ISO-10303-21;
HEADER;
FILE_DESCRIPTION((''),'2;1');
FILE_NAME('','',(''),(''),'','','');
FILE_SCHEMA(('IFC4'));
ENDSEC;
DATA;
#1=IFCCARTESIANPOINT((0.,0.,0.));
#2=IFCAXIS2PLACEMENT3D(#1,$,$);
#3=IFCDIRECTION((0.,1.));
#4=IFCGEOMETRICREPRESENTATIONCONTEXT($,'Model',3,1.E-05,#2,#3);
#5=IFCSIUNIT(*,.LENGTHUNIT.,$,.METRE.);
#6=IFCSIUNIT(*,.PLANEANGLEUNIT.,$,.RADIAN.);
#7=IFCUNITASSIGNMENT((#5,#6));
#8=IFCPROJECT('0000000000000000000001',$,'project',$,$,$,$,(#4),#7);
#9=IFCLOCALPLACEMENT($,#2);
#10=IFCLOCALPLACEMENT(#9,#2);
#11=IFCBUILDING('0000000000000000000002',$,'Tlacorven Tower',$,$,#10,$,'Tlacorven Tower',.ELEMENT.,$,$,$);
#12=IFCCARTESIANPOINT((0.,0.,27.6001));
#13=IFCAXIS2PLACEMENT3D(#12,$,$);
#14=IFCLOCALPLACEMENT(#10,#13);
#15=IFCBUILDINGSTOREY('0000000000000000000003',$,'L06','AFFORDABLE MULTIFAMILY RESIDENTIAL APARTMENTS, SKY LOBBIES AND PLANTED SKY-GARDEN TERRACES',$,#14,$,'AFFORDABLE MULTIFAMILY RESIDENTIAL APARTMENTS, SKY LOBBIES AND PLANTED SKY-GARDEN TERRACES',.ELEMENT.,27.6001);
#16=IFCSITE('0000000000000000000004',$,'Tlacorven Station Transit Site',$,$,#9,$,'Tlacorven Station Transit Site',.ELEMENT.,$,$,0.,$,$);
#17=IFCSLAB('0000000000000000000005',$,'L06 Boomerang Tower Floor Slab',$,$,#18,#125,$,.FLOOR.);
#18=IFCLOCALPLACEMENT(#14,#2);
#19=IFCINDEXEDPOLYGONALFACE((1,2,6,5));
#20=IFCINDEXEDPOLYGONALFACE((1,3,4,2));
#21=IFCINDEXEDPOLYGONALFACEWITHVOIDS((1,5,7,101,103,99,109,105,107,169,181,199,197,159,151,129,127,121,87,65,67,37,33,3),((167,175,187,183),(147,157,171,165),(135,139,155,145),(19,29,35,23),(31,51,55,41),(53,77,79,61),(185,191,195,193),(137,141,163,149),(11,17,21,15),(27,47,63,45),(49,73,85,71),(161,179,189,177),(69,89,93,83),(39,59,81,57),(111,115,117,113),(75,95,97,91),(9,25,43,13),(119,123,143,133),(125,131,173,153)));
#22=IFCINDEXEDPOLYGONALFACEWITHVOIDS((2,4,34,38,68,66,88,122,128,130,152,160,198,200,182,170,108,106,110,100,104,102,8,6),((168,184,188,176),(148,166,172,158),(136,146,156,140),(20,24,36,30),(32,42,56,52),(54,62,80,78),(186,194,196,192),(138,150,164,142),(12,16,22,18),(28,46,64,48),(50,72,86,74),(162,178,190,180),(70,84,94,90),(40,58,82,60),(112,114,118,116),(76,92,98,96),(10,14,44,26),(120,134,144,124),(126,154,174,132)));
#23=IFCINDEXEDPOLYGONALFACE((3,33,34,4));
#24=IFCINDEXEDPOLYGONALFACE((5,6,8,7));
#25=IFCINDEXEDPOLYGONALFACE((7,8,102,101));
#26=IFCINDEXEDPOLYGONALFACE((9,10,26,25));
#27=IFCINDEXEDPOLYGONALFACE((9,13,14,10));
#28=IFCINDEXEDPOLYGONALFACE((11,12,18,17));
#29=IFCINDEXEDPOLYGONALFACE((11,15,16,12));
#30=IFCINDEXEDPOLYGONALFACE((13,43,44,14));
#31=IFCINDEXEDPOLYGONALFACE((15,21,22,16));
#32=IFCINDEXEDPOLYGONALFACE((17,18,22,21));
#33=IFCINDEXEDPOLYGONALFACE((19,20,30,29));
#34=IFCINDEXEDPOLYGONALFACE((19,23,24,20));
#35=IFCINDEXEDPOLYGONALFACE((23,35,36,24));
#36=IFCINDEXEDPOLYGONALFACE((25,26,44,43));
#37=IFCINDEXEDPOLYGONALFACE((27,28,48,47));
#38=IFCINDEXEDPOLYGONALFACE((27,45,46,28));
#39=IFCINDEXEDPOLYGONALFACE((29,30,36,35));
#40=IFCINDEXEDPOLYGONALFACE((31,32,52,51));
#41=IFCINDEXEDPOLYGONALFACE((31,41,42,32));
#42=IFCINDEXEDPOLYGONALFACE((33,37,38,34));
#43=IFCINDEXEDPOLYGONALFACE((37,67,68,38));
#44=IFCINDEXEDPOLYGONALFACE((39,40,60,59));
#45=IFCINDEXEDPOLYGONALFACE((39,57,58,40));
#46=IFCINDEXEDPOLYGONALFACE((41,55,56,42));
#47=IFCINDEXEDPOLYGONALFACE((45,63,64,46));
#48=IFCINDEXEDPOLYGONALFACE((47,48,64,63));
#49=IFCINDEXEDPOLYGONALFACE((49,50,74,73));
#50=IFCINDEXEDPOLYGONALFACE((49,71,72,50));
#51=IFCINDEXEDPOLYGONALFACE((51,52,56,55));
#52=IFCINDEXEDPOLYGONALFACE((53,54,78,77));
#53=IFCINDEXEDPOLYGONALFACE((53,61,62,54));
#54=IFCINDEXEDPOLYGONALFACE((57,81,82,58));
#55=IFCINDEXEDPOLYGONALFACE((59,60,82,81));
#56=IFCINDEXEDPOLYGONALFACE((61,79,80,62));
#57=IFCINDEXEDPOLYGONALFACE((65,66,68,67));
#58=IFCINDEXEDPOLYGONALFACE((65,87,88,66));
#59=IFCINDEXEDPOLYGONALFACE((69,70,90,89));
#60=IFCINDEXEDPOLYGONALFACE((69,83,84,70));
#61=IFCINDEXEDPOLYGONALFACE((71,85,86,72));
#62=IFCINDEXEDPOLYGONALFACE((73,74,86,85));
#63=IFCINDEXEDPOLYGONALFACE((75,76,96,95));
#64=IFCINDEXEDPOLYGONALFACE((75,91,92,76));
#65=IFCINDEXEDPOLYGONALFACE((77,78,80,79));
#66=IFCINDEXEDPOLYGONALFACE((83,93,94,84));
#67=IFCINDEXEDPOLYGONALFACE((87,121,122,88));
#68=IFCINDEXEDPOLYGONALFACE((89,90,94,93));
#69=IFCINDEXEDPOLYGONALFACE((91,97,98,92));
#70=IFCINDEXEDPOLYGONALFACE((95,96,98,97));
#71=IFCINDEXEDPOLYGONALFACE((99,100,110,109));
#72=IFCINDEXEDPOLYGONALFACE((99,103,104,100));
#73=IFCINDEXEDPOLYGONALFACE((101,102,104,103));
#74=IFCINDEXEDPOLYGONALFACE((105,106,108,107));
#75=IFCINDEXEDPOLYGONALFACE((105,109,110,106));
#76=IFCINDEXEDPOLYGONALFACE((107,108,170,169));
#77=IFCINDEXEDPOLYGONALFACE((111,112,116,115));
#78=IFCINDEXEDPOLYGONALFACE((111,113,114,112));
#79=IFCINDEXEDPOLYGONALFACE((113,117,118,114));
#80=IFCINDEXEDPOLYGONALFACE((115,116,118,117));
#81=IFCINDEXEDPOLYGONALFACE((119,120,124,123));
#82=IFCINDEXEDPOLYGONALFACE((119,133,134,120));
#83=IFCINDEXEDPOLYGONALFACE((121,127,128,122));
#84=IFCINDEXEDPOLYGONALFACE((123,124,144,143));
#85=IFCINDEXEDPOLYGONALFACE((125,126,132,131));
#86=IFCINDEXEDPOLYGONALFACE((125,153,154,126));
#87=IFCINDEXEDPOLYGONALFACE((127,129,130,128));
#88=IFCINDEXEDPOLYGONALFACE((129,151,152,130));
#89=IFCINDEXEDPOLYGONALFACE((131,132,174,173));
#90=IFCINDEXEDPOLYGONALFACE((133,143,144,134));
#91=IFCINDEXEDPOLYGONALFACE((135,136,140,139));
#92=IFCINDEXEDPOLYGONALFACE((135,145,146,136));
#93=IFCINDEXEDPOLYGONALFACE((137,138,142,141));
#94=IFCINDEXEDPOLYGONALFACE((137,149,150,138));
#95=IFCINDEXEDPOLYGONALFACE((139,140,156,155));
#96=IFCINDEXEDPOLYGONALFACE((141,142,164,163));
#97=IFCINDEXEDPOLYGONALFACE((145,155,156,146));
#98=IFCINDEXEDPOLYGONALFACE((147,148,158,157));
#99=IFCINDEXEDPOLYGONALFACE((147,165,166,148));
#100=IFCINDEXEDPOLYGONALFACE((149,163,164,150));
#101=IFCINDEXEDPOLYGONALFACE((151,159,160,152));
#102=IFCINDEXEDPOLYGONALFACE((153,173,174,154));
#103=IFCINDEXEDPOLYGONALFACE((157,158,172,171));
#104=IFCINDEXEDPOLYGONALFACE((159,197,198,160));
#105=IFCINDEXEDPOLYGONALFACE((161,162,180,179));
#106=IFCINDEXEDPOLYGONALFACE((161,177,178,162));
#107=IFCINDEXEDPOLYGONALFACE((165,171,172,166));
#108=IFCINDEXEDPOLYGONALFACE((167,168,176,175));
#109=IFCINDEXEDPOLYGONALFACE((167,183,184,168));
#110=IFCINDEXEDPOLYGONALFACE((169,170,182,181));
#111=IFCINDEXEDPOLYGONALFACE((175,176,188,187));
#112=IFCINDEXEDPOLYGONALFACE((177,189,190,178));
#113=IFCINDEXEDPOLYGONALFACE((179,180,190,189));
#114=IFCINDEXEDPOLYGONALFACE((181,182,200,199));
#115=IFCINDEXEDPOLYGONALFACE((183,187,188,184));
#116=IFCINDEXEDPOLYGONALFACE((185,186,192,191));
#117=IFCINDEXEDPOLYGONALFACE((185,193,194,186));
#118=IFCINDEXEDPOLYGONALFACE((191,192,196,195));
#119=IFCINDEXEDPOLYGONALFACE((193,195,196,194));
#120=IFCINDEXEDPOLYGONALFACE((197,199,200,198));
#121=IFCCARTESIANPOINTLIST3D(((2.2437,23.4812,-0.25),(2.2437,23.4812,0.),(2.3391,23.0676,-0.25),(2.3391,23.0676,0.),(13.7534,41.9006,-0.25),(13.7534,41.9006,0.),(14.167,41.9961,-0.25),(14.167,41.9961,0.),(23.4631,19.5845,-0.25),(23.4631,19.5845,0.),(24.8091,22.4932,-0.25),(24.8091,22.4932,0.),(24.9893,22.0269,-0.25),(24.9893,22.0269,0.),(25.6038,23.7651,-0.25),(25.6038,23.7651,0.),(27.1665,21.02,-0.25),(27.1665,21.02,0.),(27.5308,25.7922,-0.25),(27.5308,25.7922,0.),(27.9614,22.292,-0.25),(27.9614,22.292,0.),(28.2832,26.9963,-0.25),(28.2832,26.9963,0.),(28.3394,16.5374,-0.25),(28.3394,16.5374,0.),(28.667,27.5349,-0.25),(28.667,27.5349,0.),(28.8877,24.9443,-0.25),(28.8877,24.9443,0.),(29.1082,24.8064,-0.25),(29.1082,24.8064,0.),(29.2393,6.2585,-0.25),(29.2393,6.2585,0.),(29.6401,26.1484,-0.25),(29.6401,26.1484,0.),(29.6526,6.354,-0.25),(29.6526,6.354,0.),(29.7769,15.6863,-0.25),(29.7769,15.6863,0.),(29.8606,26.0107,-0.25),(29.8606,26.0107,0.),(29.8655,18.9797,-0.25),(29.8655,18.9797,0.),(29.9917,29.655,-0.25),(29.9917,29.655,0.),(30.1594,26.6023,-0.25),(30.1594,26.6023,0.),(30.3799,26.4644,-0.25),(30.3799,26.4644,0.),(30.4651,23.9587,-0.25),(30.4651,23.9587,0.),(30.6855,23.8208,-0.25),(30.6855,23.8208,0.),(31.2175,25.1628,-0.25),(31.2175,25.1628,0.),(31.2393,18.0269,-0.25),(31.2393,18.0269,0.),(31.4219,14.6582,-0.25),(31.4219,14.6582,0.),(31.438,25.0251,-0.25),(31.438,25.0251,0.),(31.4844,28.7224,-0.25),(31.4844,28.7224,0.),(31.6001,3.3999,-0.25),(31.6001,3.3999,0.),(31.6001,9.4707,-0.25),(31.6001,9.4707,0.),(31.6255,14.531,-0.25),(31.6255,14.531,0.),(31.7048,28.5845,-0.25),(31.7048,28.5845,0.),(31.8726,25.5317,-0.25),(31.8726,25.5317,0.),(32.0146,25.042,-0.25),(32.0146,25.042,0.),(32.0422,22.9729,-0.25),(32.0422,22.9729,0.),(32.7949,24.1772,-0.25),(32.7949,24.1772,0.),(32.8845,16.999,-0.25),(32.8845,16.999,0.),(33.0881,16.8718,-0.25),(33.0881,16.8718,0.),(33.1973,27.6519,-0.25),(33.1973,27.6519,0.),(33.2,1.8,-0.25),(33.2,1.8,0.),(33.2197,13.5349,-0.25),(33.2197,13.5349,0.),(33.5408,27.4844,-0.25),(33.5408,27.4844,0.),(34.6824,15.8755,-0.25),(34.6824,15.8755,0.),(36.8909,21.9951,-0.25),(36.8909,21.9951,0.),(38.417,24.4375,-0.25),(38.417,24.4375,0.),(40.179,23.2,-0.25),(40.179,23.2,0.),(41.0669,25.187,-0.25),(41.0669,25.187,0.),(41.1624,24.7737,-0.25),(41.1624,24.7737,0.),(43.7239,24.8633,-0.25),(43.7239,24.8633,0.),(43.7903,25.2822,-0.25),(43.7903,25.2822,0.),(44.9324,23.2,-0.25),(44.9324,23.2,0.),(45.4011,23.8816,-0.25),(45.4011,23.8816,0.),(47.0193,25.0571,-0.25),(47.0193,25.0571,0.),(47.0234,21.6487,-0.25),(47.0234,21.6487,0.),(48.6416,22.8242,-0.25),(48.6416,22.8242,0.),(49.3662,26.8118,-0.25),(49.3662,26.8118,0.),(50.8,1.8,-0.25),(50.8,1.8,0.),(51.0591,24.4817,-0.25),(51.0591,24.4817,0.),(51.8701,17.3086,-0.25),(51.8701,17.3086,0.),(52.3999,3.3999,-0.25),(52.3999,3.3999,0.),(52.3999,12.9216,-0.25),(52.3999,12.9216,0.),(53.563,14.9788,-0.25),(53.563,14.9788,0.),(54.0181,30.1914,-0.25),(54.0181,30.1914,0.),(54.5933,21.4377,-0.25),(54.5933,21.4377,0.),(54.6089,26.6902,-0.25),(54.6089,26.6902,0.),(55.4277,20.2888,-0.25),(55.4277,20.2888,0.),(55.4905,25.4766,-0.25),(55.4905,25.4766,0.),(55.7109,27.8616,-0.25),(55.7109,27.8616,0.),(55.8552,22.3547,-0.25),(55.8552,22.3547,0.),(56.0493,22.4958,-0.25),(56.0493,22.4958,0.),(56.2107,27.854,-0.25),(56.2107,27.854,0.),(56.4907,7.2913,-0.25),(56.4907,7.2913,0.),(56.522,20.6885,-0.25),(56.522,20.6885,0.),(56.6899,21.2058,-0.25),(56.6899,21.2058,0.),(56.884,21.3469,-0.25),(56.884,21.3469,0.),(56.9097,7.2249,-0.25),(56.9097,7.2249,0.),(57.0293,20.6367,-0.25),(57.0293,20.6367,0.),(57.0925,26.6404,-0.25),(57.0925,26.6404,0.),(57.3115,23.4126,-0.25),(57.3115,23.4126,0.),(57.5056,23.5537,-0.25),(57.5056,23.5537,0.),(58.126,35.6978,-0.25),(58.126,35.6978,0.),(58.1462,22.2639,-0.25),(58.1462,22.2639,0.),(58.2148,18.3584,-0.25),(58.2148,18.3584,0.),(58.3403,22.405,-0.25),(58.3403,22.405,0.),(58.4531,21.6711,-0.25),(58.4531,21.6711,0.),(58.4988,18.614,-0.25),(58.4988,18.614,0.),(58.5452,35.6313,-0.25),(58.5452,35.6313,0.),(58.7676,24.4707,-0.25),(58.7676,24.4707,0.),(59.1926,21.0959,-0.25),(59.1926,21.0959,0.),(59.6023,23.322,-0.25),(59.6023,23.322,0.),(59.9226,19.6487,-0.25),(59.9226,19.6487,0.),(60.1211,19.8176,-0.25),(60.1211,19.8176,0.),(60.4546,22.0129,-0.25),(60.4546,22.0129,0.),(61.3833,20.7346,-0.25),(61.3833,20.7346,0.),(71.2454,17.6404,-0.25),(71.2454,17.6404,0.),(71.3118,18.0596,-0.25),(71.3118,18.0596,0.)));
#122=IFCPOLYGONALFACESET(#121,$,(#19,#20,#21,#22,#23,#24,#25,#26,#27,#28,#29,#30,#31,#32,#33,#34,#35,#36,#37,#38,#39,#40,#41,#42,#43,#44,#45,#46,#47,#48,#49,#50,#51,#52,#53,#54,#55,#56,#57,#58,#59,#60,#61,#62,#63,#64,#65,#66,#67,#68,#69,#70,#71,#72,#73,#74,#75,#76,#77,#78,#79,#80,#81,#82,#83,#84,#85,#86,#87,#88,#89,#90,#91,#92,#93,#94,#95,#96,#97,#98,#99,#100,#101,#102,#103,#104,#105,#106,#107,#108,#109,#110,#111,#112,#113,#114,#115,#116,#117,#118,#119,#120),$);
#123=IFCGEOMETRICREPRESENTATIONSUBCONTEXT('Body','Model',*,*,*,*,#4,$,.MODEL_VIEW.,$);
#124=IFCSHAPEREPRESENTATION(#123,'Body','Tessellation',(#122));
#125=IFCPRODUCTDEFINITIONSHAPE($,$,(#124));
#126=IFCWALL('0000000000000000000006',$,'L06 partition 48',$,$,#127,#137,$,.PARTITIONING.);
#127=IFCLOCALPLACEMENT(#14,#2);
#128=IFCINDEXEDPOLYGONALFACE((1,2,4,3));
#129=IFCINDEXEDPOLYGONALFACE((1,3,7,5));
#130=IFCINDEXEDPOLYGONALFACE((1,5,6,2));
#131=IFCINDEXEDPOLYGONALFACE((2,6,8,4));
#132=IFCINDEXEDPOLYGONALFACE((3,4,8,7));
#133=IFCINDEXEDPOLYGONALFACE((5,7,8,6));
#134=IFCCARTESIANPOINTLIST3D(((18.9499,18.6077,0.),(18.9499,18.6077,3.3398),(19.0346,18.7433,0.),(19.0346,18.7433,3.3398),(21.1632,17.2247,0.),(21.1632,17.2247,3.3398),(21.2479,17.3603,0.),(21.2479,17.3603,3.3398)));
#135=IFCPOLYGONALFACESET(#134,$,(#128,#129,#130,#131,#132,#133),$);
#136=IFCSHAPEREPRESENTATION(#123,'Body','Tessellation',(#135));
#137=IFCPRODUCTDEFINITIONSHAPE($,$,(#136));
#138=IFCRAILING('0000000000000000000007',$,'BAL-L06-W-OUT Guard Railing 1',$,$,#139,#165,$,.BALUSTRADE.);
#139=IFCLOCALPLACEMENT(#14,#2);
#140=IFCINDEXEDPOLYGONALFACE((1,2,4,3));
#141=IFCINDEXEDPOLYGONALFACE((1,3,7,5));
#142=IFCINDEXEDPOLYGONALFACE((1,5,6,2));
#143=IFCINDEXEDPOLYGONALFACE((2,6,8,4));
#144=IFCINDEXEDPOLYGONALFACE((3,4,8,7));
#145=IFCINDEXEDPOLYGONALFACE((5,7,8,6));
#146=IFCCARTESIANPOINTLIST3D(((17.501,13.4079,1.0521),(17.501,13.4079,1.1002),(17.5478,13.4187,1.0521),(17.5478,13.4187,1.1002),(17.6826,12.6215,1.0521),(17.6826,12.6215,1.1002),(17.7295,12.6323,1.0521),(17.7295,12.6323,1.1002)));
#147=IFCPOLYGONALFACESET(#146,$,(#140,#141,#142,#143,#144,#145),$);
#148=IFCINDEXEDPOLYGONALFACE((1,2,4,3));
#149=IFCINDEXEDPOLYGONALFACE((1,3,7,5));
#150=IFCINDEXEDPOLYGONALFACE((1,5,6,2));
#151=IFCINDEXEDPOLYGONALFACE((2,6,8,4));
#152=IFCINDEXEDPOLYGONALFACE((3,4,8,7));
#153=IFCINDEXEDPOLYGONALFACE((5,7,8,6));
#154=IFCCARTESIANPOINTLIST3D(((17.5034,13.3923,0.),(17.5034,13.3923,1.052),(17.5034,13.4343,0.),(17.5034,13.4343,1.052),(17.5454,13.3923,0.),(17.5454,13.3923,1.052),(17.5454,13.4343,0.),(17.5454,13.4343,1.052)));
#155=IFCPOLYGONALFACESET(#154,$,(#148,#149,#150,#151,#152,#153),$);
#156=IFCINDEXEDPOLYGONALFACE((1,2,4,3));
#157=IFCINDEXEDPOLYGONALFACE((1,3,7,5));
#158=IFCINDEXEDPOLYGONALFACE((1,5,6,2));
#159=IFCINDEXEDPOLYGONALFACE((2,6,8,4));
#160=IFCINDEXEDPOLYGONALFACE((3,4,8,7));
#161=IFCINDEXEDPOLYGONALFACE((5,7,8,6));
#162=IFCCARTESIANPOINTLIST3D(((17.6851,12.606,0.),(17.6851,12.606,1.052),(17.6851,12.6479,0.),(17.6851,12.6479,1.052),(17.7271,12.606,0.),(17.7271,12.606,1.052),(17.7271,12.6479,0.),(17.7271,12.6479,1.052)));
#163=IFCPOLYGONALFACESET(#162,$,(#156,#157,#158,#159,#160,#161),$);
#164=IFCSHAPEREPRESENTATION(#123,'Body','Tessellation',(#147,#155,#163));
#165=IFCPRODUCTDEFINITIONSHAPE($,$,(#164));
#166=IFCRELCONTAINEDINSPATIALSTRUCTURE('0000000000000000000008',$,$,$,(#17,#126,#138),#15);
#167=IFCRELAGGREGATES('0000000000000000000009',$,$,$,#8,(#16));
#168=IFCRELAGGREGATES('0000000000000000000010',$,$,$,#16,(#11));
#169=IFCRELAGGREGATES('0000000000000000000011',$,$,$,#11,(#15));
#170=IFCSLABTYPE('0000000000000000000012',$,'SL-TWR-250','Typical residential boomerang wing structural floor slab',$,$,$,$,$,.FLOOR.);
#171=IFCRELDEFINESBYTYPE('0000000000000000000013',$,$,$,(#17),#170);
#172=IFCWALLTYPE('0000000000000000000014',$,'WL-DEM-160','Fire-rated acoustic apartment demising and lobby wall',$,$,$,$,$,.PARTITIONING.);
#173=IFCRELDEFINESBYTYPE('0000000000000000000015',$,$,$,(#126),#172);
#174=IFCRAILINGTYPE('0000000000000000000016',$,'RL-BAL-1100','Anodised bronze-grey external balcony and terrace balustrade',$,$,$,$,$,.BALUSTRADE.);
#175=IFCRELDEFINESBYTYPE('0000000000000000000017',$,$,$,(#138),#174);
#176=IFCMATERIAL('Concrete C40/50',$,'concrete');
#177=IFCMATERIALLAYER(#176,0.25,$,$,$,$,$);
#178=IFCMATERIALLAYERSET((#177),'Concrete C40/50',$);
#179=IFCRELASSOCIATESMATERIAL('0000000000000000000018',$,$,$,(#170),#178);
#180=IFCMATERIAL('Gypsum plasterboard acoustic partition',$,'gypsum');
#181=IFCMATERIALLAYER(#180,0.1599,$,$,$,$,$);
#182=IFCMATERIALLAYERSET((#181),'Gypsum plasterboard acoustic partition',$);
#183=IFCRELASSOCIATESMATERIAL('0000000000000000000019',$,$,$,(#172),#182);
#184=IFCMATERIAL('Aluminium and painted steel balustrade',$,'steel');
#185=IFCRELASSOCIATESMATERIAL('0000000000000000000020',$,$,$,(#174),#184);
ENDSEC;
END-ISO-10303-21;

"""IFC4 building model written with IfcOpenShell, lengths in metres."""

from ifc_helpers import new_model, si_unit, direction, frame, frame_2d, origin, origin_2d, place, context, subcontext, project, spatial, polyline, rectangle, outline, extrude, source, transform, mapped, material, layer, layer_set, type_object, element, save


model = new_model("IFC4")

# Units and contexts
model_context = context("Model", 3, precision=1e-05, world=origin(), true_north=direction((0.0, 1.0)))
body_context = subcontext(model_context, "Body", "Model", "MODEL_VIEW")
ifc_project = project(units=[si_unit("LENGTHUNIT", "METRE"), si_unit("PLANEANGLEUNIT", "RADIAN")], contexts=[model_context])

# Site, building, storey
site_placement = place(None, origin())
site = spatial("IfcSite", under=ifc_project, at=site_placement, Name="Tlacorven Station Transit Site", LongName="Tlacorven Station Transit Site", CompositionType="ELEMENT", RefElevation=0.0)
building_placement = place(site_placement, origin())
building = spatial("IfcBuilding", under=site, at=building_placement, Name="Tlacorven Tower", LongName="Tlacorven Tower", CompositionType="ELEMENT")
storey_placement = place(building_placement, frame((0.0, 0.0, 27.6001)))
storey = spatial("IfcBuildingStorey", under=building, at=storey_placement, Name="L06", Description="AFFORDABLE MULTIFAMILY RESIDENTIAL APARTMENTS, SKY LOBBIES AND PLANTED SKY-GARDEN TERRACES", LongName="AFFORDABLE MULTIFAMILY RESIDENTIAL APARTMENTS, SKY LOBBIES AND PLANTED SKY-GARDEN TERRACES", CompositionType="ELEMENT", Elevation=27.6001)

# Shared definitions
ifc_material_1 = material(Name="Concrete C40/50", Category="concrete")

# Slab
ifc_layer_1 = layer(ifc_material_1, 0.25)
ifc_layer_set_1 = layer_set([ifc_layer_1], Name="Concrete C40/50")
slab_type_1 = type_object("IfcSlabType", Name="SL-TWR-250", Description="Typical residential boomerang wing structural floor slab", PredefinedType="FLOOR", material=ifc_layer_set_1)
slab_1_placement = place(storey_placement, frame((0.0, 0.0, -0.25)))
element("IfcSlab", 1, at=slab_1_placement, inside=storey, type_object=slab_type_1, Name="L06 Boomerang Tower Floor Slab", PredefinedType="FLOOR", context=body_context, shape_type="SweptSolid", body=[
    extrude(outline(polyline([(52.3999, 3.3999), (50.8, 1.8), (33.2, 1.8), (31.6001, 3.3999), (31.6001, 9.4707), (29.6526, 6.354), (29.2393, 6.2585), (2.3391, 23.0676), (2.2437, 23.4812), (13.7534, 41.9006), (14.167, 41.9961), (41.0669, 25.187), (41.1624, 24.7737), (40.179, 23.2), (44.9324, 23.2), (43.7239, 24.8633), (43.7903, 25.2822), (58.126, 35.6978), (58.5452, 35.6313), (71.3118, 18.0596), (71.2454, 17.6404), (56.9097, 7.2249), (56.4907, 7.2913), (52.3999, 12.9216), (52.3999, 3.3999)]), holes=[polyline([(29.8655, 18.9797), (24.9893, 22.0269), (23.4631, 19.5845), (28.3394, 16.5374), (29.8655, 18.9797)]), polyline([(38.417, 24.4375), (33.5408, 27.4844), (32.0146, 25.042), (36.8909, 21.9951), (38.417, 24.4375)]), polyline([(51.0591, 24.4817), (55.7109, 27.8616), (54.0181, 30.1914), (49.3662, 26.8118), (51.0591, 24.4817)]), polyline([(53.563, 14.9788), (58.2148, 18.3584), (56.522, 20.6885), (51.8701, 17.3086), (53.563, 14.9788)]), polyline([(34.6824, 15.8755), (33.0881, 16.8718), (31.6255, 14.531), (33.2197, 13.5349), (34.6824, 15.8755)]), polyline([(32.8845, 16.999), (31.2393, 18.0269), (29.7769, 15.6863), (31.4219, 14.6582), (32.8845, 16.999)]), polyline([(47.0234, 21.6487), (48.6416, 22.8242), (47.0193, 25.0571), (45.4011, 23.8816), (47.0234, 21.6487)]), polyline([(33.1973, 27.6519), (31.7048, 28.5845), (30.3799, 26.4644), (31.8726, 25.5317), (33.1973, 27.6519)]), polyline([(31.4844, 28.7224), (29.9917, 29.655), (28.667, 27.5349), (30.1594, 26.6023), (31.4844, 28.7224)]), polyline([(32.7949, 24.1772), (31.438, 25.0251), (30.6855, 23.8208), (32.0422, 22.9729), (32.7949, 24.1772)]), polyline([(31.2175, 25.1628), (29.8606, 26.0107), (29.1082, 24.8064), (30.4651, 23.9587), (31.2175, 25.1628)]), polyline([(29.6401, 26.1484), (28.2832, 26.9963), (27.5308, 25.7922), (28.8877, 24.9443), (29.6401, 26.1484)]), polyline([(55.4277, 20.2888), (56.6899, 21.2058), (55.8552, 22.3547), (54.5933, 21.4377), (55.4277, 20.2888)]), polyline([(56.884, 21.3469), (58.1462, 22.2639), (57.3115, 23.4126), (56.0493, 22.4958), (56.884, 21.3469)]), polyline([(58.3403, 22.405), (59.6023, 23.322), (58.7676, 24.4707), (57.5056, 23.5537), (58.3403, 22.405)]), polyline([(58.4988, 18.614), (59.9226, 19.6487), (58.4531, 21.6711), (57.0293, 20.6367), (58.4988, 18.614)]), polyline([(27.9614, 22.292), (25.6038, 23.7651), (24.8091, 22.4932), (27.1665, 21.02), (27.9614, 22.292)]), polyline([(55.4905, 25.4766), (57.0925, 26.6404), (56.2107, 27.854), (54.6089, 26.6902), (55.4905, 25.4766)]), polyline([(60.1211, 19.8176), (61.3833, 20.7346), (60.4546, 22.0129), (59.1926, 21.0959), (60.1211, 19.8176)])]), origin(), (0.0, 0.0, 1.0), 0.25),
])

# Wall
ifc_material_2 = material(Name="Gypsum plasterboard acoustic partition", Category="gypsum")
ifc_layer_2 = layer(ifc_material_2, 0.1599)
ifc_layer_set_2 = layer_set([ifc_layer_2], Name="Gypsum plasterboard acoustic partition")
wall_type = type_object("IfcWallType", Name="WL-DEM-160", Description="Fire-rated acoustic apartment demising and lobby wall", PredefinedType="PARTITIONING", material=ifc_layer_set_2)
wall_placement = place(storey_placement, frame((21.2056, 17.2925, 0.0), z_axis=(0.0, 0.0, 1.0), x_axis=(-0.848051, 0.529915, 0.0)))
element("IfcWall", 2, at=wall_placement, inside=storey, type_object=wall_type, Name="L06 partition 48", PredefinedType="PARTITIONING", context=body_context, shape_type="SweptSolid", body=[
    extrude(rectangle(XDim=2.6099, YDim=0.1599, at=frame_2d((1.3049, 0.0))), origin(), (0.0, 0.0, 1.0), 3.3398),
])

# Railing
ifc_material_3 = material(Name="Aluminium and painted steel balustrade", Category="steel")
railing_type = type_object("IfcRailingType", Name="RL-BAL-1100", Description="Anodised bronze-grey external balcony and terrace balustrade", PredefinedType="BALUSTRADE", material=ifc_material_3)
shared_shape_1 = source(origin(), body_context, "Body", "SweptSolid", [
    extrude(rectangle(XDim=0.0481, YDim=0.0481, at=origin_2d()), frame((0.0, 0.0, 1.0762), z_axis=(0.225058, -0.974345, 0.0), x_axis=(0.974345, 0.225058, 0.0)), (0.0, 0.0, 1.0), 0.8071),
    extrude(rectangle(XDim=0.042, YDim=0.042, at=origin_2d()), origin(), (0.0, 0.0, 1.0), 1.052),
    extrude(rectangle(XDim=0.042, YDim=0.042, at=origin_2d()), frame((0.1816, -0.7864, 0.0)), (0.0, 0.0, 1.0), 1.052),
])
railing_1_placement = place(storey_placement, frame((17.5244, 13.4133, 0.0)))
element("IfcRailing", 3, at=railing_1_placement, inside=storey, type_object=railing_type, Name="BAL-L06-W-OUT Guard Railing 1", PredefinedType="BALUSTRADE", context=body_context, shape_type="MappedRepresentation", body=[
    mapped(shared_shape_1, transform((0.0, 0.0, 0.0), scale=1.0)),
])

save(model, "model.ifc")
